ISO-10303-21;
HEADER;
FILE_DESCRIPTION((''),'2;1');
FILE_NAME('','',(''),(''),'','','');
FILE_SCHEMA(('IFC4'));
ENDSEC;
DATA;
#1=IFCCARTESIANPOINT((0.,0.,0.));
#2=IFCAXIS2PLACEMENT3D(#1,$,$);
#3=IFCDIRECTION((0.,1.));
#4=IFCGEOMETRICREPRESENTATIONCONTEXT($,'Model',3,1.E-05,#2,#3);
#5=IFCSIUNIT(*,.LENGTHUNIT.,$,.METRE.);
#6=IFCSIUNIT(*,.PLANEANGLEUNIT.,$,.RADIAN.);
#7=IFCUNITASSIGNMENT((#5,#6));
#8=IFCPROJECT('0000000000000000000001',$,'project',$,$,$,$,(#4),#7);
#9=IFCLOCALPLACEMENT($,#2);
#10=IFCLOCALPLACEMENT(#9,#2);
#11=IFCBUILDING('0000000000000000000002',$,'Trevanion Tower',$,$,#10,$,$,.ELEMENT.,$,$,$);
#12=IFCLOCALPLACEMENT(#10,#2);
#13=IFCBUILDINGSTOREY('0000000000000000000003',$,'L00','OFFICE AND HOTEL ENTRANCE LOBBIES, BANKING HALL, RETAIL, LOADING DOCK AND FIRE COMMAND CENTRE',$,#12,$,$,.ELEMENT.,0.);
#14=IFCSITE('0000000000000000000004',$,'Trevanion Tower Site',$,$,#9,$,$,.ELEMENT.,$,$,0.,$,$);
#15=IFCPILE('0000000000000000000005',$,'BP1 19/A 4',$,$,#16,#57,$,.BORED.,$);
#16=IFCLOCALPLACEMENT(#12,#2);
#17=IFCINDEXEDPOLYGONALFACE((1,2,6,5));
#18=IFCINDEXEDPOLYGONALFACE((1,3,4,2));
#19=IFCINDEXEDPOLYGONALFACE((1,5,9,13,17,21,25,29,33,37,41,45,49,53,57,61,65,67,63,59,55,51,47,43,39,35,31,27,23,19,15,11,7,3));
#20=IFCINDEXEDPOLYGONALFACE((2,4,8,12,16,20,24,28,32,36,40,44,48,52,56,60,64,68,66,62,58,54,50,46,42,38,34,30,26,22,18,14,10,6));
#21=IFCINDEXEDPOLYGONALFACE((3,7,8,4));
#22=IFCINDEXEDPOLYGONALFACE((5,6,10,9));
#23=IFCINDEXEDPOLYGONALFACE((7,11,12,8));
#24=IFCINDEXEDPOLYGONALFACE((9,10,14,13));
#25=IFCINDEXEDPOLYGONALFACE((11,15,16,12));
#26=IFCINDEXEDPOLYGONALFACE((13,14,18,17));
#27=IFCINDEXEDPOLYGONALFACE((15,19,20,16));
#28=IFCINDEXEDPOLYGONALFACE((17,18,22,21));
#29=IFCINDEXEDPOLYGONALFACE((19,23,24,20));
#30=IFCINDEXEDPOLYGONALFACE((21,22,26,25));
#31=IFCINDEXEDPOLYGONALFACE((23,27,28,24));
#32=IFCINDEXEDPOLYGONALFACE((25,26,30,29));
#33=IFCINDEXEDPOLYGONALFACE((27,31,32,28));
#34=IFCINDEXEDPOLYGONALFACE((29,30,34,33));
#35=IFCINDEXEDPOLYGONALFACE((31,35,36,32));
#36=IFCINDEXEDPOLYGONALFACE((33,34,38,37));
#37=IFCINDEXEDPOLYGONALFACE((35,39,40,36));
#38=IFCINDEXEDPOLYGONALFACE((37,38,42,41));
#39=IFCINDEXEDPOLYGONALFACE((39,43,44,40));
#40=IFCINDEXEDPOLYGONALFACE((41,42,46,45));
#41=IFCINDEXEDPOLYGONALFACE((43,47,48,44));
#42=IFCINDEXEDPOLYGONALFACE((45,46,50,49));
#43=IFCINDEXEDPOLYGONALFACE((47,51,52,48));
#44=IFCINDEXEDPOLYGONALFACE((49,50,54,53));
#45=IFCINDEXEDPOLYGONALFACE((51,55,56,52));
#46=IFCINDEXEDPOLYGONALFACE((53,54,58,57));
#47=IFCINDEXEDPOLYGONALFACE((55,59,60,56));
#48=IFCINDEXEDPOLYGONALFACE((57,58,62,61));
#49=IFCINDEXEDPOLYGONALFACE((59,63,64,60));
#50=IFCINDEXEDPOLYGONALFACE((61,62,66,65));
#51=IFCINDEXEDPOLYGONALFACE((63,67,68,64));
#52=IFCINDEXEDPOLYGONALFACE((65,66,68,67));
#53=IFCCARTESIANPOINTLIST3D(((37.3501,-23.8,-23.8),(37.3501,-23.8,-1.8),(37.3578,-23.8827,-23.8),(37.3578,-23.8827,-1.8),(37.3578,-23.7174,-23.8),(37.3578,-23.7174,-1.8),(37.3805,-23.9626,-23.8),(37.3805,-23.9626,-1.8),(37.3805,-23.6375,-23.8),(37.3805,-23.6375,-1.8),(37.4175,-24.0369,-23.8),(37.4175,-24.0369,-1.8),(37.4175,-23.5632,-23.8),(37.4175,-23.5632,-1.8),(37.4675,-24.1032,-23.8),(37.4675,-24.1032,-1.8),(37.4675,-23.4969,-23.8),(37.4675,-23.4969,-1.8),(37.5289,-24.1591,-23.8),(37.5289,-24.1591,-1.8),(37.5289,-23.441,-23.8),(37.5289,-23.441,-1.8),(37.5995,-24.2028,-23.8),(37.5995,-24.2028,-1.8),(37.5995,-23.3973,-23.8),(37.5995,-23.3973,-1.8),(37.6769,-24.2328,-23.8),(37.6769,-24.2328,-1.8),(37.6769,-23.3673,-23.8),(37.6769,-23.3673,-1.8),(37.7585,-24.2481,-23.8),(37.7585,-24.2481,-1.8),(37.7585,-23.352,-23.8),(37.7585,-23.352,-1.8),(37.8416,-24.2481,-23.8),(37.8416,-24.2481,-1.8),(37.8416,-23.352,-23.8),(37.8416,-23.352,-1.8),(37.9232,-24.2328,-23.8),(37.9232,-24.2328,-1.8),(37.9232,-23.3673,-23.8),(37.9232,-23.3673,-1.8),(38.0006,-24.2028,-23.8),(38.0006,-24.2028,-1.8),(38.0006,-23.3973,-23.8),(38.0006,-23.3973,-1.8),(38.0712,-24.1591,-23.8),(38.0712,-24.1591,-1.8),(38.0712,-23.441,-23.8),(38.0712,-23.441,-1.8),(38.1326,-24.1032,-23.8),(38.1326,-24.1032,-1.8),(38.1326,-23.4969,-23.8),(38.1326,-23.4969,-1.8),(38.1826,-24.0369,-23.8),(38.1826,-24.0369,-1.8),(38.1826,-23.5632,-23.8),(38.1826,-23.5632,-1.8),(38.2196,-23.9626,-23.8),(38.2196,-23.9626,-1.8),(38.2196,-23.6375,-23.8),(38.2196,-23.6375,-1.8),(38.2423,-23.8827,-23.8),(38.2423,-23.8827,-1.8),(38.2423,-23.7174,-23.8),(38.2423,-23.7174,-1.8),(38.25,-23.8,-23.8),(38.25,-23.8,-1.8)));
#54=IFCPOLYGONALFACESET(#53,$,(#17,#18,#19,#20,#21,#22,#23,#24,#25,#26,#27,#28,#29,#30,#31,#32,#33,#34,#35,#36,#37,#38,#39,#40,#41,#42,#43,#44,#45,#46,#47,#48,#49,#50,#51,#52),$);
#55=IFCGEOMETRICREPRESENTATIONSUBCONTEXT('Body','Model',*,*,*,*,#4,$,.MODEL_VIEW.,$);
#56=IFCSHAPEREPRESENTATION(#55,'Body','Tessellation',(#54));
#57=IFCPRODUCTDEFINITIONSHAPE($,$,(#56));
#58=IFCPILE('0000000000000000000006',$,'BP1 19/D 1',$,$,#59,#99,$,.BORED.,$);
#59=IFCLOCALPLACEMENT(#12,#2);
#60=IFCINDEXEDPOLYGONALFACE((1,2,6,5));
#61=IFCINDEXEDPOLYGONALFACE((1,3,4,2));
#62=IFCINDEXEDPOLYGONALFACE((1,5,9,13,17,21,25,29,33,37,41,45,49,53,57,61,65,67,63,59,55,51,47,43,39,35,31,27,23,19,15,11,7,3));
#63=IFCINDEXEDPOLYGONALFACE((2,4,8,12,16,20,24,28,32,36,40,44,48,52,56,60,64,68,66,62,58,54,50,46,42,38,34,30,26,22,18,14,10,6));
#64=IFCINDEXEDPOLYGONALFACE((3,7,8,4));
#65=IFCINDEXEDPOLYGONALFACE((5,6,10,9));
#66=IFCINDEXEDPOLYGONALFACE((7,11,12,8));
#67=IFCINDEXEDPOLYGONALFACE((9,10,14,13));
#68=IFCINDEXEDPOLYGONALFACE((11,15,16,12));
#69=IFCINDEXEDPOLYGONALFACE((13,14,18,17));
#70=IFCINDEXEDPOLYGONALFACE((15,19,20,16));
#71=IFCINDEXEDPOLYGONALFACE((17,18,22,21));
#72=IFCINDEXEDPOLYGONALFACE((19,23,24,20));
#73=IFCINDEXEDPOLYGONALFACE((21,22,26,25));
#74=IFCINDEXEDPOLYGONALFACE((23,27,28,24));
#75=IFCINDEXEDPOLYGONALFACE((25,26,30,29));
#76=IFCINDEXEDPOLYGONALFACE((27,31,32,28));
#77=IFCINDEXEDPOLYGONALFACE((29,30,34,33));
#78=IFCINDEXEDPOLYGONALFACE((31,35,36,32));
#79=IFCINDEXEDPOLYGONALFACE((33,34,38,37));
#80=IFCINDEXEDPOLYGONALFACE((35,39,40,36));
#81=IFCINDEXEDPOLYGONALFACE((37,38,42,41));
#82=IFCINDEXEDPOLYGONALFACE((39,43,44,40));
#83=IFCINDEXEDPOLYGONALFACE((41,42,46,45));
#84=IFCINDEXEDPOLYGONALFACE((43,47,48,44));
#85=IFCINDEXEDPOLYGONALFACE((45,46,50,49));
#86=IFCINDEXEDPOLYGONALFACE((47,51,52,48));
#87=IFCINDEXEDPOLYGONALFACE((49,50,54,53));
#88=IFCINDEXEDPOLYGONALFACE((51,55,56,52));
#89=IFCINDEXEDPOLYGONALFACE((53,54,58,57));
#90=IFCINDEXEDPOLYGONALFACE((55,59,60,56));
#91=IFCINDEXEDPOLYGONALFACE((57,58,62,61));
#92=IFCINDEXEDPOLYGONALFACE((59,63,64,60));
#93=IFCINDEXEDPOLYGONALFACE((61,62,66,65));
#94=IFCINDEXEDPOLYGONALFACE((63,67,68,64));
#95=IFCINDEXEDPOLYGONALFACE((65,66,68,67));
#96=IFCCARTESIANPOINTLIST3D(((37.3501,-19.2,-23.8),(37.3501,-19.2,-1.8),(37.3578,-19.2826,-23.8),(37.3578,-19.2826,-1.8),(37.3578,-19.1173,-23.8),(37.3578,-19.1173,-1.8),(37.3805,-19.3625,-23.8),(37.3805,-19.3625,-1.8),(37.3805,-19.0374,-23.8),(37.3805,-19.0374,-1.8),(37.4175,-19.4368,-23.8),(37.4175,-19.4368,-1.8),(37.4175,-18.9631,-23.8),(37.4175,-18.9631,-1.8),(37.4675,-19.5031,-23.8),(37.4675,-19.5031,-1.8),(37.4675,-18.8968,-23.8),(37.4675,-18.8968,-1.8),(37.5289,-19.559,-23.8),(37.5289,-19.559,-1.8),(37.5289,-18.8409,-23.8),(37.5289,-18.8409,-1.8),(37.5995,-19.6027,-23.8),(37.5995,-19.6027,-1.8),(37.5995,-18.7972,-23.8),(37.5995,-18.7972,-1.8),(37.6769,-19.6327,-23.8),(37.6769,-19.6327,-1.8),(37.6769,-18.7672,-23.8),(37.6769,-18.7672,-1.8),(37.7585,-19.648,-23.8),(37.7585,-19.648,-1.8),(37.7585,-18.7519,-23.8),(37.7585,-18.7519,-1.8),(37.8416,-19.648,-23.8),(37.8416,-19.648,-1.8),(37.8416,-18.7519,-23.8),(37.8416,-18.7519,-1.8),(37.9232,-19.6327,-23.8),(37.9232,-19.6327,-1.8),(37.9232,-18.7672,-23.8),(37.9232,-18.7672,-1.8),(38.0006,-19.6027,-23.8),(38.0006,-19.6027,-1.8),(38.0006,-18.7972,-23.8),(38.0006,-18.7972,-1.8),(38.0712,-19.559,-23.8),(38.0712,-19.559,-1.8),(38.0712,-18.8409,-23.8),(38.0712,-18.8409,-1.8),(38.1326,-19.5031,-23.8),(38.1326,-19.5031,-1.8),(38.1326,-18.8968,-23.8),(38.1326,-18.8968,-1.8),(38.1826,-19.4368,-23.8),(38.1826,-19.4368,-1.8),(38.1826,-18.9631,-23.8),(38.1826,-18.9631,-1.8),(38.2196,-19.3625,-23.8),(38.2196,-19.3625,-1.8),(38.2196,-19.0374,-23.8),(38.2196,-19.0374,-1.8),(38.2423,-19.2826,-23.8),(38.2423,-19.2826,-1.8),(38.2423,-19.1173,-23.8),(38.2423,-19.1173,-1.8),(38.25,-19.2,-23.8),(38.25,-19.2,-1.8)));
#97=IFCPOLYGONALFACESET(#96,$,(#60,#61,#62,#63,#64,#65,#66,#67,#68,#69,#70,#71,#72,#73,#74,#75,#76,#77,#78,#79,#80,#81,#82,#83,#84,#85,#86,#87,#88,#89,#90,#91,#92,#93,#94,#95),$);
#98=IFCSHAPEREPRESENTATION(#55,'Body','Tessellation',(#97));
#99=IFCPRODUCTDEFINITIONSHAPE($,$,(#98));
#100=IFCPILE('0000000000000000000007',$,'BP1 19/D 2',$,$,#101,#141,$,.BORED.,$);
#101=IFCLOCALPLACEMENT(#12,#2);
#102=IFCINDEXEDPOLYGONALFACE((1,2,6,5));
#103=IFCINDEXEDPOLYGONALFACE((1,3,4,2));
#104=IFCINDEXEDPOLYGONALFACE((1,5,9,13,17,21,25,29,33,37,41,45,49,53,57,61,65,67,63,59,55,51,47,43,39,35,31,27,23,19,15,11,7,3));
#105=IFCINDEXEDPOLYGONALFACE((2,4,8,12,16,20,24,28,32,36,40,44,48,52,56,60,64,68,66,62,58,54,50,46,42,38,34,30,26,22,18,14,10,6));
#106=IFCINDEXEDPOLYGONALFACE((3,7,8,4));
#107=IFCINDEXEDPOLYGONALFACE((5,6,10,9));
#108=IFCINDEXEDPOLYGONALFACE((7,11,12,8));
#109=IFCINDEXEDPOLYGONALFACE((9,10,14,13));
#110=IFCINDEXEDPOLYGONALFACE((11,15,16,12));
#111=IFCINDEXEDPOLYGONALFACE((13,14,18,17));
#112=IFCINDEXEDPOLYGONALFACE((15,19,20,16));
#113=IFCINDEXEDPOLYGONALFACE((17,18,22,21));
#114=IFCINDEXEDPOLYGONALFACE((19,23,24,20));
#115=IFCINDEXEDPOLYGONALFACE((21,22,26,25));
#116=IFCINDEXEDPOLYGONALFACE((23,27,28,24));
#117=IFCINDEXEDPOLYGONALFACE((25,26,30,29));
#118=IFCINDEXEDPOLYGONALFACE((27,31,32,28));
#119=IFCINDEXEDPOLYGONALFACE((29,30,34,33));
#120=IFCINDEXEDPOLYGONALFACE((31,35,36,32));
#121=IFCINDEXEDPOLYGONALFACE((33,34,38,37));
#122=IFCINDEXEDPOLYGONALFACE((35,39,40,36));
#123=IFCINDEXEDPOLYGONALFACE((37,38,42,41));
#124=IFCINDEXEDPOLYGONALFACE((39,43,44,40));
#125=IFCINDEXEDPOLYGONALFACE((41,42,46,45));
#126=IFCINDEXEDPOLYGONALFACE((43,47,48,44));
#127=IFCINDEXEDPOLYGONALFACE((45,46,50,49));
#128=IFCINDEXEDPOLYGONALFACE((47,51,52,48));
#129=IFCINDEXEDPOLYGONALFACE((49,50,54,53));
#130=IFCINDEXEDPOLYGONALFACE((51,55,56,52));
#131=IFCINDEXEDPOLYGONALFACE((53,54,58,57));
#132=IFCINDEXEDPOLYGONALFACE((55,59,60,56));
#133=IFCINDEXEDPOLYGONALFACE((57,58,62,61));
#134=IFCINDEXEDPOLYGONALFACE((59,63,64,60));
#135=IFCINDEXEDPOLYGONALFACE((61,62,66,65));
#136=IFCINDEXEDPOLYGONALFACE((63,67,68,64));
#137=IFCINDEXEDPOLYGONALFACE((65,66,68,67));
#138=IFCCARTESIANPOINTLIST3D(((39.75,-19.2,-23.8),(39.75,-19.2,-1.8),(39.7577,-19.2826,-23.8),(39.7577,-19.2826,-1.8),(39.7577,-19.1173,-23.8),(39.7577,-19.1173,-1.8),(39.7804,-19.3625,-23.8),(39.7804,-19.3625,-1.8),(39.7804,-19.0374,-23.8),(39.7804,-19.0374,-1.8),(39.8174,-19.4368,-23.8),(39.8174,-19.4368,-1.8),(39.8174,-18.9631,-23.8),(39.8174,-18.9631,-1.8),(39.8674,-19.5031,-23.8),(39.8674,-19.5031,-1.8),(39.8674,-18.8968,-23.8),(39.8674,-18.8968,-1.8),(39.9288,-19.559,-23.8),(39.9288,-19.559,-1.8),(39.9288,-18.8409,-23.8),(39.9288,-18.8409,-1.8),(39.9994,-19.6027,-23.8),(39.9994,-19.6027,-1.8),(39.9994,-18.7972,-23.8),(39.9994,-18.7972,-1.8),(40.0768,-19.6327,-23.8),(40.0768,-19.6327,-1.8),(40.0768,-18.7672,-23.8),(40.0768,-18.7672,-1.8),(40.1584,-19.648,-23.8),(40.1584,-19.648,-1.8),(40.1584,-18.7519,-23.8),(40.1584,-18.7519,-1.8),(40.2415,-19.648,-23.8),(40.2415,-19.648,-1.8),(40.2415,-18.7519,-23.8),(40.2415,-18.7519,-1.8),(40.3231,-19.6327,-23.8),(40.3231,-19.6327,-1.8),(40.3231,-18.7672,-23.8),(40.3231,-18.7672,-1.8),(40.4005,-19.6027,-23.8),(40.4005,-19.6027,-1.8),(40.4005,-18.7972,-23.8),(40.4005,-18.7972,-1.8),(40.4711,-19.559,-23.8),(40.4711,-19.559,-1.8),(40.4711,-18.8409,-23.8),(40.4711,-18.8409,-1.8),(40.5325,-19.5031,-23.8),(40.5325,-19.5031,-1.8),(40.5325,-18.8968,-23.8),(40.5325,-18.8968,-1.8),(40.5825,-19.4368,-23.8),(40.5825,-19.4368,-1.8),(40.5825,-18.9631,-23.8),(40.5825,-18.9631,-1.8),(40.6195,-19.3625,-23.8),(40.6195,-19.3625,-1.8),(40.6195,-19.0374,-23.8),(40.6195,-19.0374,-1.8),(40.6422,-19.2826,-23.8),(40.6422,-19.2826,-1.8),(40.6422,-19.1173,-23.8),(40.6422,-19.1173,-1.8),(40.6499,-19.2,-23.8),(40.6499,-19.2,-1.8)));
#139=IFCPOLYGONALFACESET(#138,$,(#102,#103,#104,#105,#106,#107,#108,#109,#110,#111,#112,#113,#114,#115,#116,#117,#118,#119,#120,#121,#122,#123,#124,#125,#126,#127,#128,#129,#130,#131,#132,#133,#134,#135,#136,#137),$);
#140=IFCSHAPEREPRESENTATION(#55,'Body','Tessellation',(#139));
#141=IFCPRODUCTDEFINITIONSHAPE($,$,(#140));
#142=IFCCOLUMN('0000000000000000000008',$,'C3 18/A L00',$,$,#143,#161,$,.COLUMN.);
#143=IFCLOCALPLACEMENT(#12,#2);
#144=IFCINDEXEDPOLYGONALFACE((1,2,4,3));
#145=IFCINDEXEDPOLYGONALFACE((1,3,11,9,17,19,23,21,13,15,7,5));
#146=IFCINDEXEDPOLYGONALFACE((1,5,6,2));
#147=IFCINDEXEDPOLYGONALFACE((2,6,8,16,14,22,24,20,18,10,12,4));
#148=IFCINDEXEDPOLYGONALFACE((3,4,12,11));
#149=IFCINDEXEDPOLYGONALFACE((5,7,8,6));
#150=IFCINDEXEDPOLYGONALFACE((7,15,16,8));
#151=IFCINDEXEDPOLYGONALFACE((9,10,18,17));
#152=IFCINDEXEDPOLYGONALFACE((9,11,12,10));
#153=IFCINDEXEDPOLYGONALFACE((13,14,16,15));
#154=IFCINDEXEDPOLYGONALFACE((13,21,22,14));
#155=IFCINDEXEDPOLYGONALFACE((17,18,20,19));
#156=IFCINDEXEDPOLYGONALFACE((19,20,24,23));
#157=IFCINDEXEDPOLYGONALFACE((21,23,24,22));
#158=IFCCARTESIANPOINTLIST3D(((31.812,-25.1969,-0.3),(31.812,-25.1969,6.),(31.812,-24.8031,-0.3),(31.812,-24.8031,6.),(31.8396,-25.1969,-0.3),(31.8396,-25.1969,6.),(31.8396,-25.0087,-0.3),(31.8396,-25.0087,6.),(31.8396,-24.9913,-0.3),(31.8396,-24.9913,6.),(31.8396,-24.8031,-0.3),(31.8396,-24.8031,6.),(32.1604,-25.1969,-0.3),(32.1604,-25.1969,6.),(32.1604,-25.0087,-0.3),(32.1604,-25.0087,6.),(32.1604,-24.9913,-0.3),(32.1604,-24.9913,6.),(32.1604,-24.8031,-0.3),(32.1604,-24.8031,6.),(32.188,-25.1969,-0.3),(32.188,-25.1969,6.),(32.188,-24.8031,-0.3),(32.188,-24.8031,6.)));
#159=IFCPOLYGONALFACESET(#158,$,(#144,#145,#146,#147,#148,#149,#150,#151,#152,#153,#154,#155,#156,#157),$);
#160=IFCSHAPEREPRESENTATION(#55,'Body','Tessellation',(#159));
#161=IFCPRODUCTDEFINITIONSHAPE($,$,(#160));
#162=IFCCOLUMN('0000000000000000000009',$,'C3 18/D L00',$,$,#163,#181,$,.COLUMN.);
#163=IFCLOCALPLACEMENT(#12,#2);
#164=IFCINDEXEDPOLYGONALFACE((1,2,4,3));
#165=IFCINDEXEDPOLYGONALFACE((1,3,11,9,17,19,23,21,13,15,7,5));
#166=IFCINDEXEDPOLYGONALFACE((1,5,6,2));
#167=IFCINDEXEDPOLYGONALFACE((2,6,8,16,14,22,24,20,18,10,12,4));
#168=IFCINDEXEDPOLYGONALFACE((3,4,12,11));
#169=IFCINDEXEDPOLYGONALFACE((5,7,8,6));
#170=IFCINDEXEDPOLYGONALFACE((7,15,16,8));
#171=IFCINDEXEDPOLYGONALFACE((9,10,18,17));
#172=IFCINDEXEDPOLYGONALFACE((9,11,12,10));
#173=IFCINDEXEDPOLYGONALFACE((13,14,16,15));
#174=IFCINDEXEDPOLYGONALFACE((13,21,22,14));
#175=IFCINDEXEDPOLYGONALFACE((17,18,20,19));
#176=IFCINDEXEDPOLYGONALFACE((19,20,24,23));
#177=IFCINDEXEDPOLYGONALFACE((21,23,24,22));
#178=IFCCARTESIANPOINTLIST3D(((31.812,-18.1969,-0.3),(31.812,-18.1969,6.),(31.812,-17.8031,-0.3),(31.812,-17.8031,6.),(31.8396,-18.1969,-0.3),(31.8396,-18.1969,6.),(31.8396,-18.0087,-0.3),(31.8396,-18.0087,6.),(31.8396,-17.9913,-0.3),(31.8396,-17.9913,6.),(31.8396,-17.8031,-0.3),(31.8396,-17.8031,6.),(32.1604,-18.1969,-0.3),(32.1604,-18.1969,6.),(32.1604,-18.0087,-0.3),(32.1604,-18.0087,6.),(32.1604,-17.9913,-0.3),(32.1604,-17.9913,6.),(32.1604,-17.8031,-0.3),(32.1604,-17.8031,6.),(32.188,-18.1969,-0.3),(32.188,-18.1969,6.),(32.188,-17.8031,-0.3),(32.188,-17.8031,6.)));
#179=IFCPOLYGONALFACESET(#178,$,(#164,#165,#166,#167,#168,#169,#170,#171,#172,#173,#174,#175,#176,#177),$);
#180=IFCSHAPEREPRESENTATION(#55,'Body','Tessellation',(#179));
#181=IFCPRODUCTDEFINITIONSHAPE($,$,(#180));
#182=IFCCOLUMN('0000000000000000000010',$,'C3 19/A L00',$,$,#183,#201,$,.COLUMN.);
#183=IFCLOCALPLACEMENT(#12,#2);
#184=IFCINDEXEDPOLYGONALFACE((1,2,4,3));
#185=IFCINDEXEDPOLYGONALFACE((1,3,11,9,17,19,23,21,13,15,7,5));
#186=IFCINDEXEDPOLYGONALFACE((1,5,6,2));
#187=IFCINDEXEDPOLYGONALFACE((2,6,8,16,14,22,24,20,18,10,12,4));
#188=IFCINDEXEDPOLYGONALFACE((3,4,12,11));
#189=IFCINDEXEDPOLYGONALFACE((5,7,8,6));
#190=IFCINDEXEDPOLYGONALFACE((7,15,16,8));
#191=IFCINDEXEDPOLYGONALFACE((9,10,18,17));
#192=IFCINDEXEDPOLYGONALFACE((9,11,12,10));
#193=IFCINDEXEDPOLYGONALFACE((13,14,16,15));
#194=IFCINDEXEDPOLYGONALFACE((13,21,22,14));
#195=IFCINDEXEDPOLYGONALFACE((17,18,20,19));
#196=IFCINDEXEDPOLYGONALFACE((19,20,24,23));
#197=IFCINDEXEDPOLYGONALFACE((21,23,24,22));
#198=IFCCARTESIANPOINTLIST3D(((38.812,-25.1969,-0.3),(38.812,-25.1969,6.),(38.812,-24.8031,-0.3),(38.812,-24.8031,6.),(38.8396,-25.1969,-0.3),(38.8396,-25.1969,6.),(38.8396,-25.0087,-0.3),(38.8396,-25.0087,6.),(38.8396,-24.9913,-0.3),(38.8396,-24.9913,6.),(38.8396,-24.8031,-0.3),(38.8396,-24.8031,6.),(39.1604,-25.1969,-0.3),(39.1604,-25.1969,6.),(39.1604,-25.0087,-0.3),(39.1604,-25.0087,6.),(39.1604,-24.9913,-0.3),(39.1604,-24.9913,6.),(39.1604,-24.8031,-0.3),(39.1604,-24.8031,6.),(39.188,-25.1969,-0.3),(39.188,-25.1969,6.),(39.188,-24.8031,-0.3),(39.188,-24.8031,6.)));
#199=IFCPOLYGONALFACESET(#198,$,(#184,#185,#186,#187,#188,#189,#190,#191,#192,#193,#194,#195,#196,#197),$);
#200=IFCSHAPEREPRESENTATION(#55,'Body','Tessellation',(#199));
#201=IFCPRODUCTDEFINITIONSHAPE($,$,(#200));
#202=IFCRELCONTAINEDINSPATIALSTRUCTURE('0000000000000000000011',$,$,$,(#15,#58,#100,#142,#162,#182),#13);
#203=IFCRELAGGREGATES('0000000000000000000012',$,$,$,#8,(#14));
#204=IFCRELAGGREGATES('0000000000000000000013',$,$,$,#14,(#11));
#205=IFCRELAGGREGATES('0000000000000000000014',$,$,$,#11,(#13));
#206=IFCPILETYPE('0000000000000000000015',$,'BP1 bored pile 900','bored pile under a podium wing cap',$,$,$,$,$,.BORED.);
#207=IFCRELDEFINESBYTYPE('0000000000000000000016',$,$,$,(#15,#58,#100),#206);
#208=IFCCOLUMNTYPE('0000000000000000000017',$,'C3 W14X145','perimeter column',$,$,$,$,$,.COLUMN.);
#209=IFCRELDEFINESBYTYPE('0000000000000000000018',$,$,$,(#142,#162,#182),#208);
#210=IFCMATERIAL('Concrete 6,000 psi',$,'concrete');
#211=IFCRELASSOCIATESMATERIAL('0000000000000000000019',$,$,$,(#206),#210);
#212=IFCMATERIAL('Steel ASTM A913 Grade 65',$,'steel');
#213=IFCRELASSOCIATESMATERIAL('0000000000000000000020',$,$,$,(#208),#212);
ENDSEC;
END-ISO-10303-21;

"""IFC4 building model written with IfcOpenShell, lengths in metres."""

from ifc_helpers import new_model, si_unit, direction, frame, origin, origin_2d, place, context, subcontext, project, spatial, circle, i_section, extrude, material, material_profile, profile_set, type_object, element, save


model = new_model("IFC4")

# Units and contexts
model_context = context("Model", 3, precision=1e-05, world=origin(), true_north=direction((0.0, 1.0)))
body_context = subcontext(model_context, "Body", "Model", "MODEL_VIEW")
ifc_project = project(units=[si_unit("LENGTHUNIT", "METRE"), si_unit("PLANEANGLEUNIT", "RADIAN")], contexts=[model_context])

# Site, building, storey
site_placement = place(None, origin())
site = spatial("IfcSite", under=ifc_project, at=site_placement, Name="Trevanion Tower Site", CompositionType="ELEMENT", RefElevation=0.0)
building_placement = place(site_placement, origin())
building = spatial("IfcBuilding", under=site, at=building_placement, Name="Trevanion Tower", CompositionType="ELEMENT")
storey_placement = place(building_placement, origin())
storey = spatial("IfcBuildingStorey", under=building, at=storey_placement, Name="L00", Description="OFFICE AND HOTEL ENTRANCE LOBBIES, BANKING HALL, RETAIL, LOADING DOCK AND FIRE COMMAND CENTRE", CompositionType="ELEMENT", Elevation=0.0)

# Piles
ifc_material_1 = material(Name="Concrete 6,000 psi", Category="concrete")
ifc_material_profile_1 = material_profile(ifc_material_1, circle(Radius=0.45, at=origin_2d()), Name="BP1 bored pile 900")
ifc_profile_set_1 = profile_set([ifc_material_profile_1], Name="Concrete 6,000 psi")
pile_type = type_object("IfcPileType", Name="BP1 bored pile 900", Description="bored pile under a podium wing cap", PredefinedType="BORED", material=ifc_profile_set_1)
for number, where, z_axis, x_axis, name in (
    (1, (37.8, -23.8, -1.8), (0.0, 0.0, -1.0), (1.0, 0.0, 0.0), "BP1 19/A 4"),
    (2, (37.8, -19.2, -1.8), (0.0, 0.0, -1.0), (1.0, 0.0, 0.0), "BP1 19/D 1"),
    (3, (40.2, -19.2, -1.8), (0.0, 0.0, -1.0), (1.0, 0.0, 0.0), "BP1 19/D 2"),
):
    element("IfcPile", number, at=place(storey_placement, frame(where, z_axis=z_axis, x_axis=x_axis)), inside=storey, type_object=pile_type, Name=name, PredefinedType="BORED", context=body_context, shape_type="SweptSolid", body=[
        extrude(circle(Radius=0.45, at=origin_2d()), origin(), (0.0, 0.0, 1.0), 22.0),
    ])

# Columns
ifc_material_2 = material(Name="Steel ASTM A913 Grade 65", Category="steel")
ifc_material_profile_2 = material_profile(ifc_material_2, i_section(OverallWidth=0.3938, OverallDepth=0.376, WebThickness=0.0173, FlangeThickness=0.0276, at=origin_2d()), Name="W14X145")
ifc_profile_set_2 = profile_set([ifc_material_profile_2], Name="Steel ASTM A913 Grade 65")
column_type = type_object("IfcColumnType", Name="C3 W14X145", Description="perimeter column", PredefinedType="COLUMN", material=ifc_profile_set_2)
for number, where, z_axis, x_axis, name in (
    (4, (32.0, -25.0, -0.3), (0.0, 0.0, 1.0), (0.0, 1.0, 0.0), "C3 18/A L00"),
    (5, (32.0, -18.0, -0.3), (0.0, 0.0, 1.0), (0.0, 1.0, 0.0), "C3 18/D L00"),
    (6, (39.0, -25.0, -0.3), (0.0, 0.0, 1.0), (0.0, 1.0, 0.0), "C3 19/A L00"),
):
    element("IfcColumn", number, at=place(storey_placement, frame(where, z_axis=z_axis, x_axis=x_axis)), inside=storey, type_object=column_type, Name=name, PredefinedType="COLUMN", context=body_context, shape_type="SweptSolid", body=[
        extrude(i_section(OverallWidth=0.3938, OverallDepth=0.376, WebThickness=0.0173, FlangeThickness=0.0276, at=origin_2d()), origin(), (0.0, 0.0, 1.0), 6.3),
    ])

save(model, "model.ifc")
